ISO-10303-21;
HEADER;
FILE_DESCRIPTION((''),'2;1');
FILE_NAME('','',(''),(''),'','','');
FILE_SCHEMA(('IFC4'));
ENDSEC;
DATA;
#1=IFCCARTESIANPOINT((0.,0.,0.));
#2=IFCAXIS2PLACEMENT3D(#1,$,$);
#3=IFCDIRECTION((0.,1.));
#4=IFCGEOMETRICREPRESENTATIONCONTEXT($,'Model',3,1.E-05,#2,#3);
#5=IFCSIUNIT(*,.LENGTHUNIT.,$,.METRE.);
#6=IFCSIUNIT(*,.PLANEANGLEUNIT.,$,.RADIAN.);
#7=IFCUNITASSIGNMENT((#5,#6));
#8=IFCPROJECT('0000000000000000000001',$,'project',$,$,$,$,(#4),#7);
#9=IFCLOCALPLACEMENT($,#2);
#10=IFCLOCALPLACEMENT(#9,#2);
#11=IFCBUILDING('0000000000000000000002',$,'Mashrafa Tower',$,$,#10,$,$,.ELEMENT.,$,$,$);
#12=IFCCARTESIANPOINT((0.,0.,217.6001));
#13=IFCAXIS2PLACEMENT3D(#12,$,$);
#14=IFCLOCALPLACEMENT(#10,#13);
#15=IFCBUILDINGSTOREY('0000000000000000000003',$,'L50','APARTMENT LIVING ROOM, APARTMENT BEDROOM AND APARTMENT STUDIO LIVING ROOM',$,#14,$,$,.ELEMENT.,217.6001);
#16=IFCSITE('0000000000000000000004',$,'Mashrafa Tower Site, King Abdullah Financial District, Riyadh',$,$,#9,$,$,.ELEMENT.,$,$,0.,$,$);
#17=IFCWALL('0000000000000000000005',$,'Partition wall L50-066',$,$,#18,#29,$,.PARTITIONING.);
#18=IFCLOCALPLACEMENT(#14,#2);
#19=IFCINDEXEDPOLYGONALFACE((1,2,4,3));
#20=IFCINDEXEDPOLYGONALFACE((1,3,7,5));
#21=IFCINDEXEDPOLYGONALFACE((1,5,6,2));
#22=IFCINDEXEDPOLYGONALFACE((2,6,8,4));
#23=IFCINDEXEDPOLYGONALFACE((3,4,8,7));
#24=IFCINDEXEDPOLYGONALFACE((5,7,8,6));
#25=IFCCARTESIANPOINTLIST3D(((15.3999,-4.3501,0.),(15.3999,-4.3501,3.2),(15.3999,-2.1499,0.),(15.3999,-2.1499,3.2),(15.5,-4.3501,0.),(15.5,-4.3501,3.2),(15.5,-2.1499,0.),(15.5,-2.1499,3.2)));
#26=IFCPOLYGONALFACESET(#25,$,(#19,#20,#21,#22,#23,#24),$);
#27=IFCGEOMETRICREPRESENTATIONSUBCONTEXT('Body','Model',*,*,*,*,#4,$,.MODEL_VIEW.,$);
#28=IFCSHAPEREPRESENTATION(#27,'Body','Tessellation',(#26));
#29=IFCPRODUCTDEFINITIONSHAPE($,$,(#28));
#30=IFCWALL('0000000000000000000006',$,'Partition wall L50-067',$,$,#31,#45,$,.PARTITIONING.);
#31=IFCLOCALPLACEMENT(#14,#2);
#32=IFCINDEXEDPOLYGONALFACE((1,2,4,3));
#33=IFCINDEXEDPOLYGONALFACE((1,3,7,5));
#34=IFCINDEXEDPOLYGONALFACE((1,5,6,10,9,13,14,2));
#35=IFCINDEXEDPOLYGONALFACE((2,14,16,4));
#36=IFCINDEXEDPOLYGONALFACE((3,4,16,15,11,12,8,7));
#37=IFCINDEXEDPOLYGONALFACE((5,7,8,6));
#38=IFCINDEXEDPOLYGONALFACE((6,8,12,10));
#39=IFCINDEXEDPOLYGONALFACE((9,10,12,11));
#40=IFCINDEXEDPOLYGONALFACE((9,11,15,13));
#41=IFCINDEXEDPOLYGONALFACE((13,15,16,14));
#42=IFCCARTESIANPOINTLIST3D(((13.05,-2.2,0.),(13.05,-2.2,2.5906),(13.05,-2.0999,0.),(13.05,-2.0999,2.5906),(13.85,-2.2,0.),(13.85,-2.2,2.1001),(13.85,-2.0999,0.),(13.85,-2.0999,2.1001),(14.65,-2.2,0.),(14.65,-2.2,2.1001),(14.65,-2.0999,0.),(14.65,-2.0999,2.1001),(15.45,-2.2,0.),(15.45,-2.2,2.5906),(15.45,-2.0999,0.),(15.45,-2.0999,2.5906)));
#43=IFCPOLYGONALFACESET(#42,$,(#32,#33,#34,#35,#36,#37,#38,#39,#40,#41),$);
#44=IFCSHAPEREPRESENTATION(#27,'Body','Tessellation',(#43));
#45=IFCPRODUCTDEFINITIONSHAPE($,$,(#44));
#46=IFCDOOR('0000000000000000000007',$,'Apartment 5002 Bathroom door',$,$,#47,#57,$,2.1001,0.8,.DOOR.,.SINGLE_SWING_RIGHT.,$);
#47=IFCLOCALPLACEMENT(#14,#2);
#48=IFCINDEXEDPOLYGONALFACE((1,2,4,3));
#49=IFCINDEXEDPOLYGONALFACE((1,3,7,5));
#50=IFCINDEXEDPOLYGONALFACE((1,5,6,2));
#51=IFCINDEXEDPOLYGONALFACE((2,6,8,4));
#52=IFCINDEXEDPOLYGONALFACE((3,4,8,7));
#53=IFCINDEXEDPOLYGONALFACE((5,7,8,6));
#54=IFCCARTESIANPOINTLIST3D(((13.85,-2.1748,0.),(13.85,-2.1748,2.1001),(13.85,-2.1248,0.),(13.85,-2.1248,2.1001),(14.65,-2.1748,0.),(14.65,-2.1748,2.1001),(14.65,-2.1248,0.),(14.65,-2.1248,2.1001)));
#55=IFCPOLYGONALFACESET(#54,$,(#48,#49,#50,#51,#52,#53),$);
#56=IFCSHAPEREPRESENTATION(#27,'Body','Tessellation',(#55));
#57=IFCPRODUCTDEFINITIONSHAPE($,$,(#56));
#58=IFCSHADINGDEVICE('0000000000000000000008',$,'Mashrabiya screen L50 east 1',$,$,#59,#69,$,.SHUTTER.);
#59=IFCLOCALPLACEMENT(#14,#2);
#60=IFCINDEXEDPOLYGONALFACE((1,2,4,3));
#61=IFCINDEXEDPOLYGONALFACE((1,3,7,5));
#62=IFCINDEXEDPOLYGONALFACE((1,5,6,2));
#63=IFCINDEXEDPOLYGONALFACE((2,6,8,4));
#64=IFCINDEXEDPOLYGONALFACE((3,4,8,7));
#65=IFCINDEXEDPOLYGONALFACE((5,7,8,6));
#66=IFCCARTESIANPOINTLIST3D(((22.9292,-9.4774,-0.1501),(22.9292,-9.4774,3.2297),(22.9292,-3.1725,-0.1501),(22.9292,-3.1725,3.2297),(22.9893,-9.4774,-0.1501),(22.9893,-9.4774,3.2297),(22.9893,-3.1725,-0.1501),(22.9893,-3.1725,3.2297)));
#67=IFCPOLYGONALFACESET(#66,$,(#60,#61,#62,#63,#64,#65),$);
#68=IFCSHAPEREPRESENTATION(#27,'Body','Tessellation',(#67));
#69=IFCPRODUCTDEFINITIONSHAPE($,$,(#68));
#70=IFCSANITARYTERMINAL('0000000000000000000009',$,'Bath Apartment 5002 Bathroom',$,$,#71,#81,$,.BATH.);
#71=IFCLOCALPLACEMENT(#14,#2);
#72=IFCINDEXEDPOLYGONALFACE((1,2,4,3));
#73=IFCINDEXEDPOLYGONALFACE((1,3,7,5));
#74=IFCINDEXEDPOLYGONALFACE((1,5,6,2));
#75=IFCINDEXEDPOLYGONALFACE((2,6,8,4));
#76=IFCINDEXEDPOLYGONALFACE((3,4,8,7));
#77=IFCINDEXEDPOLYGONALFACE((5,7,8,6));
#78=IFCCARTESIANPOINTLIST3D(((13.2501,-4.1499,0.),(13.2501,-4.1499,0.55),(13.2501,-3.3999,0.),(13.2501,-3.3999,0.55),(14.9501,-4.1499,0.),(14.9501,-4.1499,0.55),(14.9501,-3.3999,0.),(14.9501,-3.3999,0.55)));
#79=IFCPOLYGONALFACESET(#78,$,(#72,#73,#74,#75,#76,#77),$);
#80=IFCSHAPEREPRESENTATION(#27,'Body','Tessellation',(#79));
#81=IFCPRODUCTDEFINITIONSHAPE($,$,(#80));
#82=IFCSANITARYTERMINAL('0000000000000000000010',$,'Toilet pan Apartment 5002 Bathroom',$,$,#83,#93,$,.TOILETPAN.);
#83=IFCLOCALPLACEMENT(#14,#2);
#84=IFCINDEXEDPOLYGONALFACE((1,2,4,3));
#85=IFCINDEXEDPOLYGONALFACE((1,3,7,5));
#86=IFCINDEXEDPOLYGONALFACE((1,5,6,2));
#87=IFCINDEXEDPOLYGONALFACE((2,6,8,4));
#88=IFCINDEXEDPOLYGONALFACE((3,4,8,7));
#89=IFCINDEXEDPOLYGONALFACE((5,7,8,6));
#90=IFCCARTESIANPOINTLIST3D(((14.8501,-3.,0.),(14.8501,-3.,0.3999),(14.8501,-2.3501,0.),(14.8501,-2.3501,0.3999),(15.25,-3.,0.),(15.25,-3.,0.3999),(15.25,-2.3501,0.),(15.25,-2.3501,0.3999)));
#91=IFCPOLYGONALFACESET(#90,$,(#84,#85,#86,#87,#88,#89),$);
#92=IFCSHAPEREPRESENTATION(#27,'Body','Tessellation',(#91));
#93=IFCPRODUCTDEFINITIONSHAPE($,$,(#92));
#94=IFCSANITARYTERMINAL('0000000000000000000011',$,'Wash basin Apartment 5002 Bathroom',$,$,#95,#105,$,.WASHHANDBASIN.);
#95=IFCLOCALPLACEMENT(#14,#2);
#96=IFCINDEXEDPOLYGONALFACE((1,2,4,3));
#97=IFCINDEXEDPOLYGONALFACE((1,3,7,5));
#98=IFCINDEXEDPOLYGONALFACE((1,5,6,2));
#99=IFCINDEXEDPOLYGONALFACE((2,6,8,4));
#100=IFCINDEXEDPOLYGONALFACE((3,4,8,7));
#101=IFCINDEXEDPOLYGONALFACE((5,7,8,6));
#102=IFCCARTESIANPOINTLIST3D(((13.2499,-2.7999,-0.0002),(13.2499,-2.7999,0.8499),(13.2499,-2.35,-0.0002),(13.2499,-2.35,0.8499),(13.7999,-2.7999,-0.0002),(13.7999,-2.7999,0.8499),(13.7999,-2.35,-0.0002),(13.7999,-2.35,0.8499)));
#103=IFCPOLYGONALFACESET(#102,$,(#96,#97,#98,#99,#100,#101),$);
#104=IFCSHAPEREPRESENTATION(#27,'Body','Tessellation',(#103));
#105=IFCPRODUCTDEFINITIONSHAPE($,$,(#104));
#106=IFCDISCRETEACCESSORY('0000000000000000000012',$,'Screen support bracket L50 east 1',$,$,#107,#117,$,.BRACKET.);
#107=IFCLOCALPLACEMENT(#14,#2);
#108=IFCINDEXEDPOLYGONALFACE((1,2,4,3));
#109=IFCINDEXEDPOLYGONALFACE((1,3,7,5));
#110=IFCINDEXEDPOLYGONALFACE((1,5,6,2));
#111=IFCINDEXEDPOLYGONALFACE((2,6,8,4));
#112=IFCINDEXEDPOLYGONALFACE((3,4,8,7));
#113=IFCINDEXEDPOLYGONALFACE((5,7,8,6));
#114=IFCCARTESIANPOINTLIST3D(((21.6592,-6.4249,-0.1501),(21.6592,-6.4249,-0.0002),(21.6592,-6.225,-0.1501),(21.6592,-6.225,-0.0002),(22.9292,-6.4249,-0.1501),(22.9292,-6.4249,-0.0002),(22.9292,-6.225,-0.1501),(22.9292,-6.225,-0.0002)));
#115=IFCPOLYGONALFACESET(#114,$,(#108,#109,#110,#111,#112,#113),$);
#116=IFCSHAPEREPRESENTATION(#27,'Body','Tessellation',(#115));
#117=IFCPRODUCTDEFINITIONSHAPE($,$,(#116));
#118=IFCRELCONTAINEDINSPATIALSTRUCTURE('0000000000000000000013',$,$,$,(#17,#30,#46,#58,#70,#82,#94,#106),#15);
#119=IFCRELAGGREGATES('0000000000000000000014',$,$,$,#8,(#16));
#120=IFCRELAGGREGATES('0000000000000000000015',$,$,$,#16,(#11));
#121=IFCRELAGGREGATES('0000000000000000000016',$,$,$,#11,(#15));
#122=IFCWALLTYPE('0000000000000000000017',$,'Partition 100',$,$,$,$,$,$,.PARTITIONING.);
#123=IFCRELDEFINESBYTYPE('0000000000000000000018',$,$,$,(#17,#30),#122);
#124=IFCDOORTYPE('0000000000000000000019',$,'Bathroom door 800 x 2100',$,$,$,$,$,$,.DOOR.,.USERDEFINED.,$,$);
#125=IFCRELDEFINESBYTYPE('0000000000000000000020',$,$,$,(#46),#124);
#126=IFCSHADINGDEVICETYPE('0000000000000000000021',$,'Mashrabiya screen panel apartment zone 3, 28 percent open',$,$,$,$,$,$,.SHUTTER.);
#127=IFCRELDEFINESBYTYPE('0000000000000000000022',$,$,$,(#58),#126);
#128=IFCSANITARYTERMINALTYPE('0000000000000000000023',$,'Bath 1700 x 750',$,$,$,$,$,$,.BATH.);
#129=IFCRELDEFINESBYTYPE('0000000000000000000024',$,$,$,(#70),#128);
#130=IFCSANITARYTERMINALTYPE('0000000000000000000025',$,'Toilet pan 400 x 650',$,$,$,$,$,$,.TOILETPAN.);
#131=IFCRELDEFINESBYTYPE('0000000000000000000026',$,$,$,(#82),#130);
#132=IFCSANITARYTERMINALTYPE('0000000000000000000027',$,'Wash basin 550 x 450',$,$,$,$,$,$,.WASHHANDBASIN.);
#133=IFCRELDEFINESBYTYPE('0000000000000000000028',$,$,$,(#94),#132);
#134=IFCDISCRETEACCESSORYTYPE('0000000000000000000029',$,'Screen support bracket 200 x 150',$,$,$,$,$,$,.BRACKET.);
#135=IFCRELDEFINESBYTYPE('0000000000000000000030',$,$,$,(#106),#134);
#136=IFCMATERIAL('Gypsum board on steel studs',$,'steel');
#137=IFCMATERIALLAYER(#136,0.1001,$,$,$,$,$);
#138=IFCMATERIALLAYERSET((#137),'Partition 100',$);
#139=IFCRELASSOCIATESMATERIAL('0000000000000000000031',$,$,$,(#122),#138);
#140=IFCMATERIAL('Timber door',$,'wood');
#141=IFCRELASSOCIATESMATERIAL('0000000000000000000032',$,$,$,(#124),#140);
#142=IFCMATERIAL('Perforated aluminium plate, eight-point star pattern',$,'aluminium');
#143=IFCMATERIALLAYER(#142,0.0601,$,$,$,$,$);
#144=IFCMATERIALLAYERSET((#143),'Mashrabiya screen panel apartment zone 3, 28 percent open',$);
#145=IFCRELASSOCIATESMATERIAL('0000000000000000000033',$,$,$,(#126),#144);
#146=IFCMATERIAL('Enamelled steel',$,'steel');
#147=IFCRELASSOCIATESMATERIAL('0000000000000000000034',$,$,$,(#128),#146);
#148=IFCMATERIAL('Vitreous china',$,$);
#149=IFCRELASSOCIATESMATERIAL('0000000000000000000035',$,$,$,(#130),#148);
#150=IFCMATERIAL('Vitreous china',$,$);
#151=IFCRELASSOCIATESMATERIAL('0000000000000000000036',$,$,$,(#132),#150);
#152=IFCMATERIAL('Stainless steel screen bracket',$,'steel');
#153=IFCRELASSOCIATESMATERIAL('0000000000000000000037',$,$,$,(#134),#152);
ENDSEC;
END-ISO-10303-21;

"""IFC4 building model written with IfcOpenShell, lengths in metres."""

from ifc_helpers import new_model, si_unit, direction, frame, frame_2d, origin, origin_2d, place, context, subcontext, project, spatial, rectangle, extrude, source, transform, mapped, material, layer, layer_set, type_object, type_shapes, element, fill, save


model = new_model("IFC4")

# Units and contexts
model_context = context("Model", 3, precision=1e-05, world=origin(), true_north=direction((0.0, 1.0)))
body_context = subcontext(model_context, "Body", "Model", "MODEL_VIEW")
ifc_project = project(units=[si_unit("LENGTHUNIT", "METRE"), si_unit("PLANEANGLEUNIT", "RADIAN")], contexts=[model_context])

# Site, building, storey
site_placement = place(None, origin())
site = spatial("IfcSite", under=ifc_project, at=site_placement, Name="Mashrafa Tower Site, King Abdullah Financial District, Riyadh", CompositionType="ELEMENT", RefElevation=0.0)
building_placement = place(site_placement, origin())
building = spatial("IfcBuilding", under=site, at=building_placement, Name="Mashrafa Tower", CompositionType="ELEMENT")
storey_placement = place(building_placement, frame((0.0, 0.0, 217.6001)))
storey = spatial("IfcBuildingStorey", under=building, at=storey_placement, Name="L50", Description="APARTMENT LIVING ROOM, APARTMENT BEDROOM AND APARTMENT STUDIO LIVING ROOM", CompositionType="ELEMENT", Elevation=217.6001)

# Wall
ifc_material_1 = material(Name="Gypsum board on steel studs", Category="steel")
ifc_layer_1 = layer(ifc_material_1, 0.1001)
ifc_layer_set_1 = layer_set([ifc_layer_1], Name="Partition 100")
wall_type_1 = type_object("IfcWallType", Name="Partition 100", PredefinedType="PARTITIONING", material=ifc_layer_set_1)
wall_1_placement = place(storey_placement, frame((15.45, -4.3501, 0.0), z_axis=(0.0, 0.0, 1.0), x_axis=(0.0, 1.0, 0.0)))
element("IfcWall", 1, at=wall_1_placement, inside=storey, type_object=wall_type_1, Name="Partition wall L50-066", PredefinedType="PARTITIONING", context=body_context, shape_type="SweptSolid", body=[
    extrude(rectangle(XDim=2.2002, YDim=0.1001, at=frame_2d((1.1001, 0.0))), origin(), (0.0, 0.0, 1.0), 3.2),
])

# Wall, opening, door
wall_2_placement = place(storey_placement, frame((15.45, -2.1499, 0.0), z_axis=(0.0, 0.0, 1.0), x_axis=(-1.0, 0.0, 0.0)))
wall_2 = element("IfcWall", 2, at=wall_2_placement, inside=storey, type_object=wall_type_1, Name="Partition wall L50-067", PredefinedType="PARTITIONING", context=body_context, shape_type="SweptSolid", body=[
    extrude(rectangle(XDim=2.3999, YDim=0.1001, at=frame_2d((1.2, 0.0))), origin(), (0.0, 0.0, 1.0), 2.5906),
])
opening_1_placement = place(wall_2_placement, frame((0.8, 0.0, 0.0)))
opening_1 = element("IfcOpeningElement", 3, at=opening_1_placement, cuts=wall_2, PredefinedType="OPENING", context=body_context, shape_type="SweptSolid", body=[
    extrude(rectangle(XDim=0.8, YDim=2.1001, at=frame_2d((0.3999, 1.05))), frame((0.0, 0.0601, 0.0), z_axis=(0.0, -1.0, 0.0), x_axis=(1.0, 0.0, 0.0)), (0.0, 0.0, 1.0), 0.1201),
])
ifc_material_2 = material(Name="Timber door", Category="wood")
door_type_1 = type_object("IfcDoorType", Name="Bathroom door 800 x 2100", OperationType="USERDEFINED", PredefinedType="DOOR", material=ifc_material_2)
door_1_placement = place(opening_1_placement, origin())
door_1 = element("IfcDoor", 4, at=door_1_placement, inside=storey, type_object=door_type_1, Name="Apartment 5002 Bathroom door", OperationType="SINGLE_SWING_RIGHT", OverallHeight=2.1001, OverallWidth=0.8, PredefinedType="DOOR", context=body_context, shape_type="SweptSolid", body=[
    extrude(rectangle(XDim=0.8, YDim=2.1001, at=frame_2d((0.3999, 1.05))), frame((0.0, 0.0249, 0.0), z_axis=(0.0, -1.0, 0.0), x_axis=(1.0, 0.0, 0.0)), (0.0, 0.0, 1.0), 0.05),
])
fill(opening_1, door_1)

# Shading device
ifc_material_3 = material(Name="Perforated aluminium plate, eight-point star pattern", Category="aluminium")
ifc_layer_2 = layer(ifc_material_3, 0.0601)
ifc_layer_set_2 = layer_set([ifc_layer_2], Name="Mashrabiya screen panel apartment zone 3, 28 percent open")
shading_device_type = type_object("IfcShadingDeviceType", Name="Mashrabiya screen panel apartment zone 3, 28 percent open", PredefinedType="SHUTTER", material=ifc_layer_set_2)
shared_shape_1 = source(origin(), body_context, "Body", "SweptSolid", [
    extrude(rectangle(XDim=6.3049, YDim=0.0601, at=origin_2d()), origin(), (0.0, 0.0, 1.0), 3.3799),
])
type_shapes(shading_device_type, [shared_shape_1])
shading_device_placement = place(storey_placement, frame((22.9592, -6.325, -0.1501), z_axis=(0.0, 0.0, 1.0), x_axis=(0.0, 1.0, 0.0)))
element("IfcShadingDevice", 5, at=shading_device_placement, inside=storey, type_object=shading_device_type, Name="Mashrabiya screen L50 east 1", PredefinedType="SHUTTER", context=body_context, shape_type="MappedRepresentation", body=[
    mapped(shared_shape_1, transform((0.0, 0.0, 0.0))),
])

# Sanitary terminals
ifc_material_4 = material(Name="Enamelled steel", Category="steel")
sanitary_terminal_type_1 = type_object("IfcSanitaryTerminalType", Name="Bath 1700 x 750", PredefinedType="BATH", material=ifc_material_4)
sanitary_terminal_1_placement = place(storey_placement, frame((14.1001, -3.7749, 0.0), z_axis=(0.0, 0.0, 1.0), x_axis=(1.0, 0.0, 0.0)))
element("IfcSanitaryTerminal", 6, at=sanitary_terminal_1_placement, inside=storey, type_object=sanitary_terminal_type_1, Name="Bath Apartment 5002 Bathroom", PredefinedType="BATH", context=body_context, shape_type="SweptSolid", body=[
    extrude(rectangle(XDim=1.7, YDim=0.75, at=origin_2d()), origin(), (0.0, 0.0, 1.0), 0.55),
])
ifc_material_5 = material(Name="Vitreous china")
sanitary_terminal_type_2 = type_object("IfcSanitaryTerminalType", Name="Toilet pan 400 x 650", PredefinedType="TOILETPAN", material=ifc_material_5)
sanitary_terminal_2_placement = place(storey_placement, frame((15.05, -2.675, 0.0), z_axis=(0.0, 0.0, 1.0), x_axis=(-1.0, 0.0, 0.0)))
element("IfcSanitaryTerminal", 7, at=sanitary_terminal_2_placement, inside=storey, type_object=sanitary_terminal_type_2, Name="Toilet pan Apartment 5002 Bathroom", PredefinedType="TOILETPAN", context=body_context, shape_type="SweptSolid", body=[
    extrude(rectangle(XDim=0.3999, YDim=0.6499, at=origin_2d()), origin(), (0.0, 0.0, 1.0), 0.3999),
])
ifc_material_6 = material(Name="Vitreous china")
sanitary_terminal_type_3 = type_object("IfcSanitaryTerminalType", Name="Wash basin 550 x 450", PredefinedType="WASHHANDBASIN", material=ifc_material_6)
sanitary_terminal_3_placement = place(storey_placement, frame((13.5249, -2.575, -0.0002), z_axis=(0.0, 0.0, 1.0), x_axis=(-1.0, 0.0, 0.0)))
element("IfcSanitaryTerminal", 8, at=sanitary_terminal_3_placement, inside=storey, type_object=sanitary_terminal_type_3, Name="Wash basin Apartment 5002 Bathroom", PredefinedType="WASHHANDBASIN", context=body_context, shape_type="SweptSolid", body=[
    extrude(rectangle(XDim=0.55, YDim=0.45, at=origin_2d()), origin(), (0.0, 0.0, 1.0), 0.8501),
])

# Discrete accessory
ifc_material_7 = material(Name="Stainless steel screen bracket", Category="steel")
discrete_accessory_type = type_object("IfcDiscreteAccessoryType", Name="Screen support bracket 200 x 150", PredefinedType="BRACKET", material=ifc_material_7)
shared_shape_2 = source(origin(), body_context, "Body", "SweptSolid", [
    extrude(rectangle(XDim=0.2, YDim=1.27, at=origin_2d()), origin(), (0.0, 0.0, 1.0), 0.1499),
])
type_shapes(discrete_accessory_type, [shared_shape_2])
discrete_accessory_placement = place(storey_placement, frame((22.2942, -6.325, -0.1501), z_axis=(0.0, 0.0, 1.0), x_axis=(0.0, 1.0, 0.0)))
element("IfcDiscreteAccessory", 9, at=discrete_accessory_placement, inside=storey, type_object=discrete_accessory_type, Name="Screen support bracket L50 east 1", PredefinedType="BRACKET", context=body_context, shape_type="MappedRepresentation", body=[
    mapped(shared_shape_2, transform((0.0, 0.0, 0.0))),
])

save(model, "model.ifc")
